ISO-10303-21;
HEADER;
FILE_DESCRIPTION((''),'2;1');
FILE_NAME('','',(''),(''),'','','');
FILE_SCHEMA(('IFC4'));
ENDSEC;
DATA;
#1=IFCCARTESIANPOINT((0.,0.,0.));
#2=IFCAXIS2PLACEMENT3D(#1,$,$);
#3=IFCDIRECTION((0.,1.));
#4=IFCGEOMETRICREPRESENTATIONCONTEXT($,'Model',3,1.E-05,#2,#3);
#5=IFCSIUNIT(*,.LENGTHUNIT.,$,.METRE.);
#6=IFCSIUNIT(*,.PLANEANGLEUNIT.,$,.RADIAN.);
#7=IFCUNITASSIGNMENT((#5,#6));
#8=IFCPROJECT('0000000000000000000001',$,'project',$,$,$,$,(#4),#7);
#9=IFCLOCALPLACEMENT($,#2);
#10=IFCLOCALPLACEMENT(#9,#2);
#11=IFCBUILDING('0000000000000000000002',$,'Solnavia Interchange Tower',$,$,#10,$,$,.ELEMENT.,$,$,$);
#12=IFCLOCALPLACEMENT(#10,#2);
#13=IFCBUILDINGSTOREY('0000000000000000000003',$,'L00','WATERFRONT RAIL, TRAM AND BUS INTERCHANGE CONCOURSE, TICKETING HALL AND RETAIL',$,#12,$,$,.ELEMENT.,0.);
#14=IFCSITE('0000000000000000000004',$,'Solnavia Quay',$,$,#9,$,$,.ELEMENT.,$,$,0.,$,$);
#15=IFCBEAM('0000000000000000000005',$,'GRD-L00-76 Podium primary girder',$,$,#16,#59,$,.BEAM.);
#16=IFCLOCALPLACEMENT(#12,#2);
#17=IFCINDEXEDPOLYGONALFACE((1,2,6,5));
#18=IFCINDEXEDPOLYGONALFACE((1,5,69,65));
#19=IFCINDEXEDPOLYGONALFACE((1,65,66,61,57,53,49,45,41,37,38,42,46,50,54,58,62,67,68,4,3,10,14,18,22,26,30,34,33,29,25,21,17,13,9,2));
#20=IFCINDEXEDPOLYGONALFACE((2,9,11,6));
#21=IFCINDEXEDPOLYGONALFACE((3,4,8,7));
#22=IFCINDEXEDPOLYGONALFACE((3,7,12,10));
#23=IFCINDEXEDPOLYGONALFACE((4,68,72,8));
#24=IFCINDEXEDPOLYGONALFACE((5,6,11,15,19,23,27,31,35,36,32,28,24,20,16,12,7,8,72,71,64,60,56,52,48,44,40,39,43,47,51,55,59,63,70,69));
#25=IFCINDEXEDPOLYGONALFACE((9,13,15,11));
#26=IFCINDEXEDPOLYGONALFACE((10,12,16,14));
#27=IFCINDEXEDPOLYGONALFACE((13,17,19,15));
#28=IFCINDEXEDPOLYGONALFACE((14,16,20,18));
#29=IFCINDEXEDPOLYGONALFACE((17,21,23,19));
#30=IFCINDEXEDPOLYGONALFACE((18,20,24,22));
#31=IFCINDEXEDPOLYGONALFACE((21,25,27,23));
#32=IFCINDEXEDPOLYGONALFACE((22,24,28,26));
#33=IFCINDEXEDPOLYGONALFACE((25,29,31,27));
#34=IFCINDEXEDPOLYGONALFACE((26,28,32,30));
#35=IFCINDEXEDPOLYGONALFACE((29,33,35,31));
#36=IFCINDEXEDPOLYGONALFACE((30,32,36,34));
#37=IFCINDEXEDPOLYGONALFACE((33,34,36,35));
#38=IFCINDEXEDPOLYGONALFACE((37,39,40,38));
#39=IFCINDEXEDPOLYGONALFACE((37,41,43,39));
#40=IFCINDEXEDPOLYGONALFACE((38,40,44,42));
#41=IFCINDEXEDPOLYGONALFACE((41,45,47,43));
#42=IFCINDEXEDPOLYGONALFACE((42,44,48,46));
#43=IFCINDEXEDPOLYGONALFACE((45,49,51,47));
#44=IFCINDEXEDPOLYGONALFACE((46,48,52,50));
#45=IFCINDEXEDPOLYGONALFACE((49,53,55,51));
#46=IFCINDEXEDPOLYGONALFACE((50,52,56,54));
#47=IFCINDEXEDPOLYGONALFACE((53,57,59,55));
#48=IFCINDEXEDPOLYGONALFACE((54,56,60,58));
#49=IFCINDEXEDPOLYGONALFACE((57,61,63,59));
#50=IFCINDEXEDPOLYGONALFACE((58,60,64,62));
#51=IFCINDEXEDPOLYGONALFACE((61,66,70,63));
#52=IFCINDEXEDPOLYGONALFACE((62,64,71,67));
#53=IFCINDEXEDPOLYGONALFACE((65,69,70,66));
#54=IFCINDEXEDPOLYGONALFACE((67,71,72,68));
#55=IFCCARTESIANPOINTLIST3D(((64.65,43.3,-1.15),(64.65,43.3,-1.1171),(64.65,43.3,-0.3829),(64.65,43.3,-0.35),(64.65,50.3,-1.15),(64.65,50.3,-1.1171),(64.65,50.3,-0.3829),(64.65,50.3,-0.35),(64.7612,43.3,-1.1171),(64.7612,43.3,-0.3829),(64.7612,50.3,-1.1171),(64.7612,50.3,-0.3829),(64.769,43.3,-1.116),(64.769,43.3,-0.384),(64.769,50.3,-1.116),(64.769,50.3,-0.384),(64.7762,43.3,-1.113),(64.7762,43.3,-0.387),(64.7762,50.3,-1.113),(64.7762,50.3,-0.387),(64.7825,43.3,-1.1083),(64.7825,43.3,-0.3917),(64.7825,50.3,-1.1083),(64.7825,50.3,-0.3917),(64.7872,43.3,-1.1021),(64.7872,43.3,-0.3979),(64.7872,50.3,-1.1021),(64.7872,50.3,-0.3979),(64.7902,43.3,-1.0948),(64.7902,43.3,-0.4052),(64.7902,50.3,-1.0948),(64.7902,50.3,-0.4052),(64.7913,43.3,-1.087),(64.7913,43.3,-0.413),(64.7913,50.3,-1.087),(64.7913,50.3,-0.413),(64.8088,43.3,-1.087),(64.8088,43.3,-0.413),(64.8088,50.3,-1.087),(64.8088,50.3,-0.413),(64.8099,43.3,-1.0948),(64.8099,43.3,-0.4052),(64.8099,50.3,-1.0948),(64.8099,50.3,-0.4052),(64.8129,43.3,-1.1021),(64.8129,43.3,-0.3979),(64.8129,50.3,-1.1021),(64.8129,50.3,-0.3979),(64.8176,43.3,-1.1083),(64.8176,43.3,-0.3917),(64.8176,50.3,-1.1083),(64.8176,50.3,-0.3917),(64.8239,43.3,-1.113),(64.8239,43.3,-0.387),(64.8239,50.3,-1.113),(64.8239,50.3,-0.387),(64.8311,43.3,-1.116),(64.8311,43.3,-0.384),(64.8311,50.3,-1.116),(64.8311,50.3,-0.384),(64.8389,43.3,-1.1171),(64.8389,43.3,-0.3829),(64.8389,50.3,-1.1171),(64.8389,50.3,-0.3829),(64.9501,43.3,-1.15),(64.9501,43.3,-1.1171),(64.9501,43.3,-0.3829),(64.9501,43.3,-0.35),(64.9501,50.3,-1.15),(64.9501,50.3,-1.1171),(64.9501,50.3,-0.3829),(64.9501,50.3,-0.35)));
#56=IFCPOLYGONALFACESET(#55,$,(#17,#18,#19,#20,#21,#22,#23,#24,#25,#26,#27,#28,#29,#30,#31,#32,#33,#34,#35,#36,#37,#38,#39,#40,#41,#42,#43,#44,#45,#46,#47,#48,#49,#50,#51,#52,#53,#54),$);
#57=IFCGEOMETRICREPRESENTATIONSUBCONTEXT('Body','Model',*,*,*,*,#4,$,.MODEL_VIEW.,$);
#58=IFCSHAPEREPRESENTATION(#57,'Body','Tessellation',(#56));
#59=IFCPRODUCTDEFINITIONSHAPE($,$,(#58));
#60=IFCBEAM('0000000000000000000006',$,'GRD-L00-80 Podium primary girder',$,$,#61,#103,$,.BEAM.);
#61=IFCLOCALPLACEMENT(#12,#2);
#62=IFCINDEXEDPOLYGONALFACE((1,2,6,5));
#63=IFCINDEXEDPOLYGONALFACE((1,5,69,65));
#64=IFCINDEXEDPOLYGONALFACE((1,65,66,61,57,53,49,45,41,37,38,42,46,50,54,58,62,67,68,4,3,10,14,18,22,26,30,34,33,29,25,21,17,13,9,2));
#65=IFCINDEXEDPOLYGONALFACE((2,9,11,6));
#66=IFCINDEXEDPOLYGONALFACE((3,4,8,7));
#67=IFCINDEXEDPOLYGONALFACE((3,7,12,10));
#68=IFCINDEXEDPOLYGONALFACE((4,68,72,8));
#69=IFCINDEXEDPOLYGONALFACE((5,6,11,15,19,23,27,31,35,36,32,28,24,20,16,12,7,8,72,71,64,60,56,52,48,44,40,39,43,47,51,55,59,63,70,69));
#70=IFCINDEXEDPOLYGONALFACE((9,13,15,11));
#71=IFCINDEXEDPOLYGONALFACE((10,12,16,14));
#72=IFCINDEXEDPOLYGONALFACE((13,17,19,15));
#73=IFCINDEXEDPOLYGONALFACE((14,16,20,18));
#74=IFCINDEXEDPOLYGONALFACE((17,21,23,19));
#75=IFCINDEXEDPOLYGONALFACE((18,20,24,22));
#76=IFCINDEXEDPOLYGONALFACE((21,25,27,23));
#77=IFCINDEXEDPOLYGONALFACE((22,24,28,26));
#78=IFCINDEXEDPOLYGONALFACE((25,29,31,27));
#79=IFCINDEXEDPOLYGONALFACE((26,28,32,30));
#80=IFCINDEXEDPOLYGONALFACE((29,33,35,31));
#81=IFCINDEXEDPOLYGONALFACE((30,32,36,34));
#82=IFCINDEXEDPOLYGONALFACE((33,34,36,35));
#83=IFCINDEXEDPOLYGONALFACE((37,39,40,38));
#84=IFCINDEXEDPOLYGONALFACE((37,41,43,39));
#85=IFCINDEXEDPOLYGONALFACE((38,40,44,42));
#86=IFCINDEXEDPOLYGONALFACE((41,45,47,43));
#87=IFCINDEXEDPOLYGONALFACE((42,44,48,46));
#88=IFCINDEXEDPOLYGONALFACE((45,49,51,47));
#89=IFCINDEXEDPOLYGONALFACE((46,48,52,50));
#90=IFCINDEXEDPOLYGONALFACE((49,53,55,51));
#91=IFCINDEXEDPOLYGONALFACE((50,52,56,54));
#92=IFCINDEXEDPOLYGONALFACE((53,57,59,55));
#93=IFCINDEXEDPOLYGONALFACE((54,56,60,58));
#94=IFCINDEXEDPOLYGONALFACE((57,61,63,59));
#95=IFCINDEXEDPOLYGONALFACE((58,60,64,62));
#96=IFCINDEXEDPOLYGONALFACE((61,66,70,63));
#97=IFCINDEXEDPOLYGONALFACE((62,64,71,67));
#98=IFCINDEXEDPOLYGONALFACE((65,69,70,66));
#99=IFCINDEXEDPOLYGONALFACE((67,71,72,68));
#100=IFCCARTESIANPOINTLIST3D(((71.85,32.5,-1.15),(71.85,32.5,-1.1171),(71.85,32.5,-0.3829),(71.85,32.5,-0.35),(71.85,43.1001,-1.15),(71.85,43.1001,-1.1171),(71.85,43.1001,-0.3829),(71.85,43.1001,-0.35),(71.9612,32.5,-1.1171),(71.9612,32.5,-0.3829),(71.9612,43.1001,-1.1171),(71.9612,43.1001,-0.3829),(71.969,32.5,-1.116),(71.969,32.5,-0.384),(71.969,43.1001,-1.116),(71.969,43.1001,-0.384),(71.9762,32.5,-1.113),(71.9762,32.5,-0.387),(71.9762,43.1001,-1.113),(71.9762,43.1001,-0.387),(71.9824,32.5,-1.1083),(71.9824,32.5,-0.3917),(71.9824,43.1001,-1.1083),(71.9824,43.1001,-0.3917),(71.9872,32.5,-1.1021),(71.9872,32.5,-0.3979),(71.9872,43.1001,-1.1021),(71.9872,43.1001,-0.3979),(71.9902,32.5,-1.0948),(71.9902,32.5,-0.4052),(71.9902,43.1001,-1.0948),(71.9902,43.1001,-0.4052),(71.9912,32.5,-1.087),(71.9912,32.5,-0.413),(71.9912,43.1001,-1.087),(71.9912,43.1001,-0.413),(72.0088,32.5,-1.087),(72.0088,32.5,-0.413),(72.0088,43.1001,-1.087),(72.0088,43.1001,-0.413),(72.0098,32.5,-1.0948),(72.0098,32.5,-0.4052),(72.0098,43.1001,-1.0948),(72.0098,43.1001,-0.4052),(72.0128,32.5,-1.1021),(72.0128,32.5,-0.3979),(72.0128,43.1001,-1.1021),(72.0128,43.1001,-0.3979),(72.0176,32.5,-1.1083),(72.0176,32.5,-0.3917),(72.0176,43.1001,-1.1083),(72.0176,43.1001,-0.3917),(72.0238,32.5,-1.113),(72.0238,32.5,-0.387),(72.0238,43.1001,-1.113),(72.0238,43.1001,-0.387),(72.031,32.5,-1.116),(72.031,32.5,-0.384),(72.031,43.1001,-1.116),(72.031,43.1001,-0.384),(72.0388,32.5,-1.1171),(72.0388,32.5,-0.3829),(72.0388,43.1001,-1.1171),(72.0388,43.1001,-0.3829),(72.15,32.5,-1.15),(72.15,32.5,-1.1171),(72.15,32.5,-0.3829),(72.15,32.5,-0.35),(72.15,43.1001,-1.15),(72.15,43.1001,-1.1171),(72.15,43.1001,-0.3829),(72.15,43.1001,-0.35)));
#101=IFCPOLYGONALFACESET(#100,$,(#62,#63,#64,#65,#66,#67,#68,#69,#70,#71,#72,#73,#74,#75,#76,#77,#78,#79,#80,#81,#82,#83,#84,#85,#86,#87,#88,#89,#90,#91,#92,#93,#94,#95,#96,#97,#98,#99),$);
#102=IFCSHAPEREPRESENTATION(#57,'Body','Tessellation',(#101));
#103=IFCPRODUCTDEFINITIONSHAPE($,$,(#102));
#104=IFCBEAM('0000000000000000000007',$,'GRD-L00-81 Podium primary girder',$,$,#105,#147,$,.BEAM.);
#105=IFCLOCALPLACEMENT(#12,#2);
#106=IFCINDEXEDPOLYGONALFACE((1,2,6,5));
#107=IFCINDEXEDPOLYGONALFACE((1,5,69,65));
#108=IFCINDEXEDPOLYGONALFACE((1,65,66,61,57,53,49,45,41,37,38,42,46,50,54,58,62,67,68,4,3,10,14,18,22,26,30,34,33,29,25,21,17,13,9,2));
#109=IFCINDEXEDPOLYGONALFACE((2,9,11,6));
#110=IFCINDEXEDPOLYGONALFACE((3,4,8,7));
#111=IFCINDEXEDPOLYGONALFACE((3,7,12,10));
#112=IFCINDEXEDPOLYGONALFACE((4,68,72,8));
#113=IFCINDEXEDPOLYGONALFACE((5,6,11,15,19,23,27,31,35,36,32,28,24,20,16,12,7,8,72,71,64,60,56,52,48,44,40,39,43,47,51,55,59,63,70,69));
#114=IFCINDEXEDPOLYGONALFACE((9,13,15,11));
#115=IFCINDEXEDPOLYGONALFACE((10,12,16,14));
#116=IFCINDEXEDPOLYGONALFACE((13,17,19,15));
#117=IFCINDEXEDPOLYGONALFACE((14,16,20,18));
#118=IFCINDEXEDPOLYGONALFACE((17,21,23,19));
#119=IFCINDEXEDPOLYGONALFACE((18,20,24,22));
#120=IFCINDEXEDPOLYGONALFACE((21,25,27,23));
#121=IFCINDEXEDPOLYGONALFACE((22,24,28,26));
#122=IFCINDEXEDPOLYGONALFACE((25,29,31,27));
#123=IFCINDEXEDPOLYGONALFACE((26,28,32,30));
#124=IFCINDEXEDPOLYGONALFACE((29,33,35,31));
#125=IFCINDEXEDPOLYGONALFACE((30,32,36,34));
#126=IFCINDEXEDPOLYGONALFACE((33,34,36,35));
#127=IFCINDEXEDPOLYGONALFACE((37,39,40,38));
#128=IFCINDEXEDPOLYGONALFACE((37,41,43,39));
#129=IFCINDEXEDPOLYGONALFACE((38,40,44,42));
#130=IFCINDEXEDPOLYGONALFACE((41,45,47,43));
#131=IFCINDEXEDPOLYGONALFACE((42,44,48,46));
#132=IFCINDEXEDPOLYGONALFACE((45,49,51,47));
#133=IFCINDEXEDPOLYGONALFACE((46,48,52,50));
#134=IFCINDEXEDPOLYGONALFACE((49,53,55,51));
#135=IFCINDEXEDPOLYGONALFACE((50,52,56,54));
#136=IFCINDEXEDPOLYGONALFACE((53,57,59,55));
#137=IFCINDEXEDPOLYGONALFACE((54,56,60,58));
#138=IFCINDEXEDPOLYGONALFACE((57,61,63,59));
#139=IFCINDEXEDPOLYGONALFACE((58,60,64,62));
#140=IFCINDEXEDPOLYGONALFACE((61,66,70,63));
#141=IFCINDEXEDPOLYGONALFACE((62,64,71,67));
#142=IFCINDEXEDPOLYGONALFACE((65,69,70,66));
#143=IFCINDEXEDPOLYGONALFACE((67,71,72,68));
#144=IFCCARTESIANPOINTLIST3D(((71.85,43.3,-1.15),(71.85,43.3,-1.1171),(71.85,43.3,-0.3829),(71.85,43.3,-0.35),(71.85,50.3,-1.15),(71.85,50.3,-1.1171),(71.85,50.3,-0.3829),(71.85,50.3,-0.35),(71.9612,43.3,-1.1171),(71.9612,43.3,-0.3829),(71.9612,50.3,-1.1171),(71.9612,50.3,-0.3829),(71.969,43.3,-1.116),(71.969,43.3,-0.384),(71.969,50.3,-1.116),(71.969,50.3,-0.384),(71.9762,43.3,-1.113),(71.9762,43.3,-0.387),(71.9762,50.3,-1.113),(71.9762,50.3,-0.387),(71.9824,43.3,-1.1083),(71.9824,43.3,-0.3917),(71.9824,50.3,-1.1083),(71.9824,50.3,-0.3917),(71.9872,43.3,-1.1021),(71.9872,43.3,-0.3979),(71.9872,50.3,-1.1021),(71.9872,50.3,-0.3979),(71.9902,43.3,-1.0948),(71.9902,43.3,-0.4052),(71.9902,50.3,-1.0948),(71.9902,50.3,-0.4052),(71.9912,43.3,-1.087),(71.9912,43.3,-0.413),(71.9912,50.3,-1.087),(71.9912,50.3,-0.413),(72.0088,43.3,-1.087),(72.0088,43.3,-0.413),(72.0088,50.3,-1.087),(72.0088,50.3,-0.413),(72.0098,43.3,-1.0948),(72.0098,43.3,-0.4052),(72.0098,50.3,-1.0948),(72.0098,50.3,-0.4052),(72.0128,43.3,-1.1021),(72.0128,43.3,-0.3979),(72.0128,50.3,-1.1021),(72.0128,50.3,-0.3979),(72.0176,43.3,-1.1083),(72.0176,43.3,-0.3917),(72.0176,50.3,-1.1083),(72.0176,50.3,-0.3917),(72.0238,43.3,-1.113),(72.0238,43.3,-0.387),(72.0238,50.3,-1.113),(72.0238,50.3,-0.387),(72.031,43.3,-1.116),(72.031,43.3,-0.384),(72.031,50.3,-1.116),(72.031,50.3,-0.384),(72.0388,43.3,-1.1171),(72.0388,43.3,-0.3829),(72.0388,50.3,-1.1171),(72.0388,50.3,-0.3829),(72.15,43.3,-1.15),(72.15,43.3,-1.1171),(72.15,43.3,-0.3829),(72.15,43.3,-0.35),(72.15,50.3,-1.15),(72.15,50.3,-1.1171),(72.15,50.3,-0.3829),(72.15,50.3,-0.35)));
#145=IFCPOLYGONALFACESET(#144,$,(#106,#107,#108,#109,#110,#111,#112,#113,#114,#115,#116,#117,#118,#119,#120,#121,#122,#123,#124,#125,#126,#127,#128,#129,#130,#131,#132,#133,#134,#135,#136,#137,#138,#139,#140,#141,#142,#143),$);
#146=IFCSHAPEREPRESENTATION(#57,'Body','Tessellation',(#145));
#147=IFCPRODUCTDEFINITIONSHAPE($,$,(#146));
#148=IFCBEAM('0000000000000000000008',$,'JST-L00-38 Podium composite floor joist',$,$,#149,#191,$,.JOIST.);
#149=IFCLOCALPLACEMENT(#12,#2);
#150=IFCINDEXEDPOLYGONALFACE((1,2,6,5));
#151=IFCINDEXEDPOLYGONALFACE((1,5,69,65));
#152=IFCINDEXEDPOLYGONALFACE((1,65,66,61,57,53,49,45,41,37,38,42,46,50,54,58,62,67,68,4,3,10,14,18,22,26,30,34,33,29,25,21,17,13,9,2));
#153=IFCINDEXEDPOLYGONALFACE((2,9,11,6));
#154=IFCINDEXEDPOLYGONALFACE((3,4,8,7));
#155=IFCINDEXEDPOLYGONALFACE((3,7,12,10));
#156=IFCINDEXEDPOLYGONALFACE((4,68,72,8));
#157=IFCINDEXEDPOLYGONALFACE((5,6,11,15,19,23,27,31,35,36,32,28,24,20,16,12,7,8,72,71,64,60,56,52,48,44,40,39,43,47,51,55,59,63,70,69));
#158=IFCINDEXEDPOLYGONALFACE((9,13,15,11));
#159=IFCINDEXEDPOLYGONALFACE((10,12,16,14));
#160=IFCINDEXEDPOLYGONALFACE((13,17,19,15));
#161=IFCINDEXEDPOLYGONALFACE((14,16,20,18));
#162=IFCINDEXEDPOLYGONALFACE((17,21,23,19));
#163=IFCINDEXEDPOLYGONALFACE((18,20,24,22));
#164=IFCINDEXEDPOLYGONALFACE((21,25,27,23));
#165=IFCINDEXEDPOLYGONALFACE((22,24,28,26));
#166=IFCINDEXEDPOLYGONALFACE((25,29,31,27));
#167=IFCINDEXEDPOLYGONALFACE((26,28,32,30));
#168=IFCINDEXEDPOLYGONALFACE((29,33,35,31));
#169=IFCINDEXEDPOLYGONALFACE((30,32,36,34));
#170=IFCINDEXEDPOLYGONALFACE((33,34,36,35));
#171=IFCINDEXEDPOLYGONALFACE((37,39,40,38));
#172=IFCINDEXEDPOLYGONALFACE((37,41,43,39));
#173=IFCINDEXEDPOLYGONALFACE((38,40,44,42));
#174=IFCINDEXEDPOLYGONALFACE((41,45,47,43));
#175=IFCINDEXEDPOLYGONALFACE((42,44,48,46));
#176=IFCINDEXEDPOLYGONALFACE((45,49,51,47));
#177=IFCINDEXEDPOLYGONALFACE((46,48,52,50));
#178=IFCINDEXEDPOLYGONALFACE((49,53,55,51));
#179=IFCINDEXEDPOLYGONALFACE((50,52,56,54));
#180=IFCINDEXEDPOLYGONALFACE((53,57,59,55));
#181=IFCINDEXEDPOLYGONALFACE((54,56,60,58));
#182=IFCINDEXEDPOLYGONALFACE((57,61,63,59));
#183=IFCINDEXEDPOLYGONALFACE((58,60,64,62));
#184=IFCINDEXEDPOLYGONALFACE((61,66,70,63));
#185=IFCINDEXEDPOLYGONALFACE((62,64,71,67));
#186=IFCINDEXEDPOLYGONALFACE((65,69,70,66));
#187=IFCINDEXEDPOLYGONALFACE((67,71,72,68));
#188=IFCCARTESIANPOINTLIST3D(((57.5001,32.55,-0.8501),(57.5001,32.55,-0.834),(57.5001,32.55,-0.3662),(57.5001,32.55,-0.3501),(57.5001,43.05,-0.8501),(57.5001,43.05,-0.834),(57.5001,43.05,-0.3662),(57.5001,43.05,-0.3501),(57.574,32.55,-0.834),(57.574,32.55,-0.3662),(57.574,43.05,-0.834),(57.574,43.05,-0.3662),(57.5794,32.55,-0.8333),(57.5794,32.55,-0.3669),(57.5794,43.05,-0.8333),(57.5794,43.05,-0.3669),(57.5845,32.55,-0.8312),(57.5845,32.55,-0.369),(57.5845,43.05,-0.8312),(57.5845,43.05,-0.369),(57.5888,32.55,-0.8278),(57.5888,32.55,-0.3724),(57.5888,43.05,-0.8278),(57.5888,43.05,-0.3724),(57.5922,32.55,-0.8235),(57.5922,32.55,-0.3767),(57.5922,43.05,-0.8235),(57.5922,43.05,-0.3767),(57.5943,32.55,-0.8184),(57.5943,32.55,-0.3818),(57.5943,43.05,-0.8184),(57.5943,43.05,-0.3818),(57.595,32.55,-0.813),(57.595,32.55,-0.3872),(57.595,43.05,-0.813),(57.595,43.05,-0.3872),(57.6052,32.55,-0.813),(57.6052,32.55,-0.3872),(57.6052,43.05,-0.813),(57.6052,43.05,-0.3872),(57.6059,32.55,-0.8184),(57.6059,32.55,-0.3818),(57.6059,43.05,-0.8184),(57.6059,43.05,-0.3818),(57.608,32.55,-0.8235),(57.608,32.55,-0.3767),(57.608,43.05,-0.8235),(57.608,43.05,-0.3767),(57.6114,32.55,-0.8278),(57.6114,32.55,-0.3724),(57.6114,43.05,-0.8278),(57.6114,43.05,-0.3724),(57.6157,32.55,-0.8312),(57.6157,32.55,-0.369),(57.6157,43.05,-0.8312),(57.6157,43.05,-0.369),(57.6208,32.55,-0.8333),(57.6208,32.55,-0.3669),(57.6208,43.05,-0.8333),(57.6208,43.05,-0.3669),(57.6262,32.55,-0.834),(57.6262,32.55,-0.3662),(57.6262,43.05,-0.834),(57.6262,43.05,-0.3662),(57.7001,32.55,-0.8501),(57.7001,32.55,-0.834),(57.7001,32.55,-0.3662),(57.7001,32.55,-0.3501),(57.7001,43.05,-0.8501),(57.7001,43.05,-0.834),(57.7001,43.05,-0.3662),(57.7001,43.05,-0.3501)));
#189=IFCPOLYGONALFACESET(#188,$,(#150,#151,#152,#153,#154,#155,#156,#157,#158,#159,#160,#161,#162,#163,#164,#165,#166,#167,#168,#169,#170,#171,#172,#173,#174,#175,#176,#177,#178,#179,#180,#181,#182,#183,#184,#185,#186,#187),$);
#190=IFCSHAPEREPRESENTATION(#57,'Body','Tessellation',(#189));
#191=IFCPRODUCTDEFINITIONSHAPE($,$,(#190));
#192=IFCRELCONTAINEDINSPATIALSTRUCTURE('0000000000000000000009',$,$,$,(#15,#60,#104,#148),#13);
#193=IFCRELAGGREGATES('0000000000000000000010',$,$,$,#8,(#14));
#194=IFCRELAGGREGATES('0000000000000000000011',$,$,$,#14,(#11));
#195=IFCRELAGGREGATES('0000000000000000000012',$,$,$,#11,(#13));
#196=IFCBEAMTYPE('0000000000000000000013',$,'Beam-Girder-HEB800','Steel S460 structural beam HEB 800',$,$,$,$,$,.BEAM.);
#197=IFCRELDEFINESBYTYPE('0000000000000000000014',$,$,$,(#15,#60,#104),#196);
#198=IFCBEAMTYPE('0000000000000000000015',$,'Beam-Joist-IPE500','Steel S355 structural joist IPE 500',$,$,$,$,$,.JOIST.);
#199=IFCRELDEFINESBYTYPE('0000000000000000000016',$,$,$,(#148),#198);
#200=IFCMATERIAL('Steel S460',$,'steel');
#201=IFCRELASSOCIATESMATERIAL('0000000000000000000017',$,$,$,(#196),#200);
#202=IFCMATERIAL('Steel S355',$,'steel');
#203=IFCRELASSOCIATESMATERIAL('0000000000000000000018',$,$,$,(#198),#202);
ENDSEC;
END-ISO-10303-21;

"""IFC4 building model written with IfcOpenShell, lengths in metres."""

from ifc_helpers import new_model, si_unit, direction, frame, origin, origin_2d, place, context, subcontext, project, spatial, i_section, extrude, material, material_profile, profile_set, type_object, element, save


model = new_model("IFC4")

# Units and contexts
model_context = context("Model", 3, precision=1e-05, world=origin(), true_north=direction((0.0, 1.0)))
body_context = subcontext(model_context, "Body", "Model", "MODEL_VIEW")
ifc_project = project(units=[si_unit("LENGTHUNIT", "METRE"), si_unit("PLANEANGLEUNIT", "RADIAN")], contexts=[model_context])

# Site, building, storey
site_placement = place(None, origin())
site = spatial("IfcSite", under=ifc_project, at=site_placement, Name="Solnavia Quay", CompositionType="ELEMENT", RefElevation=0.0)
building_placement = place(site_placement, origin())
building = spatial("IfcBuilding", under=site, at=building_placement, Name="Solnavia Interchange Tower", CompositionType="ELEMENT")
storey_placement = place(building_placement, origin())
storey = spatial("IfcBuildingStorey", under=building, at=storey_placement, Name="L00", Description="WATERFRONT RAIL, TRAM AND BUS INTERCHANGE CONCOURSE, TICKETING HALL AND RETAIL", CompositionType="ELEMENT", Elevation=0.0)

# Beams
ifc_material_1 = material(Name="Steel S460", Category="steel")
ifc_material_profile_1 = material_profile(ifc_material_1, i_section(OverallWidth=0.3, OverallDepth=0.8, WebThickness=0.0176, FlangeThickness=0.033, FilletRadius=0.03, at=origin_2d()), Name="HEB 800")
ifc_profile_set_1 = profile_set([ifc_material_profile_1], Name="Steel S460")
beam_type_1 = type_object("IfcBeamType", Name="Beam-Girder-HEB800", Description="Steel S460 structural beam HEB 800", PredefinedType="BEAM", material=ifc_profile_set_1)
beam_1_placement = place(storey_placement, frame((64.8, 43.3, -0.75), z_axis=(0.0, 1.0, 0.0), x_axis=(-1.0, 0.0, 0.0)))
element("IfcBeam", 1, at=beam_1_placement, inside=storey, type_object=beam_type_1, Name="GRD-L00-76 Podium primary girder", PredefinedType="BEAM", context=body_context, shape_type="SweptSolid", body=[
    extrude(i_section(OverallWidth=0.3, OverallDepth=0.8, WebThickness=0.0176, FlangeThickness=0.033, FilletRadius=0.03, at=origin_2d()), origin(), (0.0, 0.0, 1.0), 7.0),
])
beam_2_placement = place(storey_placement, frame((72.0, 32.5, -0.75), z_axis=(0.0, 1.0, 0.0), x_axis=(-1.0, 0.0, 0.0)))
element("IfcBeam", 2, at=beam_2_placement, inside=storey, type_object=beam_type_1, Name="GRD-L00-80 Podium primary girder", PredefinedType="BEAM", context=body_context, shape_type="SweptSolid", body=[
    extrude(i_section(OverallWidth=0.3, OverallDepth=0.8, WebThickness=0.0176, FlangeThickness=0.033, FilletRadius=0.03, at=origin_2d()), origin(), (0.0, 0.0, 1.0), 10.6001),
])
beam_3_placement = place(storey_placement, frame((72.0, 43.3, -0.75), z_axis=(0.0, 1.0, 0.0), x_axis=(-1.0, 0.0, 0.0)))
element("IfcBeam", 3, at=beam_3_placement, inside=storey, type_object=beam_type_1, Name="GRD-L00-81 Podium primary girder", PredefinedType="BEAM", context=body_context, shape_type="SweptSolid", body=[
    extrude(i_section(OverallWidth=0.3, OverallDepth=0.8, WebThickness=0.0176, FlangeThickness=0.033, FilletRadius=0.03, at=origin_2d()), origin(), (0.0, 0.0, 1.0), 7.0),
])
ifc_material_2 = material(Name="Steel S355", Category="steel")
ifc_material_profile_2 = material_profile(ifc_material_2, i_section(OverallWidth=0.2, OverallDepth=0.5, WebThickness=0.0103, FlangeThickness=0.0161, FilletRadius=0.021, at=origin_2d()), Name="IPE 500")
ifc_profile_set_2 = profile_set([ifc_material_profile_2], Name="Steel S355")
beam_type_2 = type_object("IfcBeamType", Name="Beam-Joist-IPE500", Description="Steel S355 structural joist IPE 500", PredefinedType="JOIST", material=ifc_profile_set_2)
beam_4_placement = place(storey_placement, frame((57.6001, 32.55, -0.6001), z_axis=(0.0, 1.0, 0.0), x_axis=(-1.0, 0.0, 0.0)))
element("IfcBeam", 4, at=beam_4_placement, inside=storey, type_object=beam_type_2, Name="JST-L00-38 Podium composite floor joist", PredefinedType="JOIST", context=body_context, shape_type="SweptSolid", body=[
    extrude(i_section(OverallWidth=0.2, OverallDepth=0.5, WebThickness=0.0103, FlangeThickness=0.0161, FilletRadius=0.021, at=origin_2d()), origin(), (0.0, 0.0, 1.0), 10.5),
])

save(model, "model.ifc")
